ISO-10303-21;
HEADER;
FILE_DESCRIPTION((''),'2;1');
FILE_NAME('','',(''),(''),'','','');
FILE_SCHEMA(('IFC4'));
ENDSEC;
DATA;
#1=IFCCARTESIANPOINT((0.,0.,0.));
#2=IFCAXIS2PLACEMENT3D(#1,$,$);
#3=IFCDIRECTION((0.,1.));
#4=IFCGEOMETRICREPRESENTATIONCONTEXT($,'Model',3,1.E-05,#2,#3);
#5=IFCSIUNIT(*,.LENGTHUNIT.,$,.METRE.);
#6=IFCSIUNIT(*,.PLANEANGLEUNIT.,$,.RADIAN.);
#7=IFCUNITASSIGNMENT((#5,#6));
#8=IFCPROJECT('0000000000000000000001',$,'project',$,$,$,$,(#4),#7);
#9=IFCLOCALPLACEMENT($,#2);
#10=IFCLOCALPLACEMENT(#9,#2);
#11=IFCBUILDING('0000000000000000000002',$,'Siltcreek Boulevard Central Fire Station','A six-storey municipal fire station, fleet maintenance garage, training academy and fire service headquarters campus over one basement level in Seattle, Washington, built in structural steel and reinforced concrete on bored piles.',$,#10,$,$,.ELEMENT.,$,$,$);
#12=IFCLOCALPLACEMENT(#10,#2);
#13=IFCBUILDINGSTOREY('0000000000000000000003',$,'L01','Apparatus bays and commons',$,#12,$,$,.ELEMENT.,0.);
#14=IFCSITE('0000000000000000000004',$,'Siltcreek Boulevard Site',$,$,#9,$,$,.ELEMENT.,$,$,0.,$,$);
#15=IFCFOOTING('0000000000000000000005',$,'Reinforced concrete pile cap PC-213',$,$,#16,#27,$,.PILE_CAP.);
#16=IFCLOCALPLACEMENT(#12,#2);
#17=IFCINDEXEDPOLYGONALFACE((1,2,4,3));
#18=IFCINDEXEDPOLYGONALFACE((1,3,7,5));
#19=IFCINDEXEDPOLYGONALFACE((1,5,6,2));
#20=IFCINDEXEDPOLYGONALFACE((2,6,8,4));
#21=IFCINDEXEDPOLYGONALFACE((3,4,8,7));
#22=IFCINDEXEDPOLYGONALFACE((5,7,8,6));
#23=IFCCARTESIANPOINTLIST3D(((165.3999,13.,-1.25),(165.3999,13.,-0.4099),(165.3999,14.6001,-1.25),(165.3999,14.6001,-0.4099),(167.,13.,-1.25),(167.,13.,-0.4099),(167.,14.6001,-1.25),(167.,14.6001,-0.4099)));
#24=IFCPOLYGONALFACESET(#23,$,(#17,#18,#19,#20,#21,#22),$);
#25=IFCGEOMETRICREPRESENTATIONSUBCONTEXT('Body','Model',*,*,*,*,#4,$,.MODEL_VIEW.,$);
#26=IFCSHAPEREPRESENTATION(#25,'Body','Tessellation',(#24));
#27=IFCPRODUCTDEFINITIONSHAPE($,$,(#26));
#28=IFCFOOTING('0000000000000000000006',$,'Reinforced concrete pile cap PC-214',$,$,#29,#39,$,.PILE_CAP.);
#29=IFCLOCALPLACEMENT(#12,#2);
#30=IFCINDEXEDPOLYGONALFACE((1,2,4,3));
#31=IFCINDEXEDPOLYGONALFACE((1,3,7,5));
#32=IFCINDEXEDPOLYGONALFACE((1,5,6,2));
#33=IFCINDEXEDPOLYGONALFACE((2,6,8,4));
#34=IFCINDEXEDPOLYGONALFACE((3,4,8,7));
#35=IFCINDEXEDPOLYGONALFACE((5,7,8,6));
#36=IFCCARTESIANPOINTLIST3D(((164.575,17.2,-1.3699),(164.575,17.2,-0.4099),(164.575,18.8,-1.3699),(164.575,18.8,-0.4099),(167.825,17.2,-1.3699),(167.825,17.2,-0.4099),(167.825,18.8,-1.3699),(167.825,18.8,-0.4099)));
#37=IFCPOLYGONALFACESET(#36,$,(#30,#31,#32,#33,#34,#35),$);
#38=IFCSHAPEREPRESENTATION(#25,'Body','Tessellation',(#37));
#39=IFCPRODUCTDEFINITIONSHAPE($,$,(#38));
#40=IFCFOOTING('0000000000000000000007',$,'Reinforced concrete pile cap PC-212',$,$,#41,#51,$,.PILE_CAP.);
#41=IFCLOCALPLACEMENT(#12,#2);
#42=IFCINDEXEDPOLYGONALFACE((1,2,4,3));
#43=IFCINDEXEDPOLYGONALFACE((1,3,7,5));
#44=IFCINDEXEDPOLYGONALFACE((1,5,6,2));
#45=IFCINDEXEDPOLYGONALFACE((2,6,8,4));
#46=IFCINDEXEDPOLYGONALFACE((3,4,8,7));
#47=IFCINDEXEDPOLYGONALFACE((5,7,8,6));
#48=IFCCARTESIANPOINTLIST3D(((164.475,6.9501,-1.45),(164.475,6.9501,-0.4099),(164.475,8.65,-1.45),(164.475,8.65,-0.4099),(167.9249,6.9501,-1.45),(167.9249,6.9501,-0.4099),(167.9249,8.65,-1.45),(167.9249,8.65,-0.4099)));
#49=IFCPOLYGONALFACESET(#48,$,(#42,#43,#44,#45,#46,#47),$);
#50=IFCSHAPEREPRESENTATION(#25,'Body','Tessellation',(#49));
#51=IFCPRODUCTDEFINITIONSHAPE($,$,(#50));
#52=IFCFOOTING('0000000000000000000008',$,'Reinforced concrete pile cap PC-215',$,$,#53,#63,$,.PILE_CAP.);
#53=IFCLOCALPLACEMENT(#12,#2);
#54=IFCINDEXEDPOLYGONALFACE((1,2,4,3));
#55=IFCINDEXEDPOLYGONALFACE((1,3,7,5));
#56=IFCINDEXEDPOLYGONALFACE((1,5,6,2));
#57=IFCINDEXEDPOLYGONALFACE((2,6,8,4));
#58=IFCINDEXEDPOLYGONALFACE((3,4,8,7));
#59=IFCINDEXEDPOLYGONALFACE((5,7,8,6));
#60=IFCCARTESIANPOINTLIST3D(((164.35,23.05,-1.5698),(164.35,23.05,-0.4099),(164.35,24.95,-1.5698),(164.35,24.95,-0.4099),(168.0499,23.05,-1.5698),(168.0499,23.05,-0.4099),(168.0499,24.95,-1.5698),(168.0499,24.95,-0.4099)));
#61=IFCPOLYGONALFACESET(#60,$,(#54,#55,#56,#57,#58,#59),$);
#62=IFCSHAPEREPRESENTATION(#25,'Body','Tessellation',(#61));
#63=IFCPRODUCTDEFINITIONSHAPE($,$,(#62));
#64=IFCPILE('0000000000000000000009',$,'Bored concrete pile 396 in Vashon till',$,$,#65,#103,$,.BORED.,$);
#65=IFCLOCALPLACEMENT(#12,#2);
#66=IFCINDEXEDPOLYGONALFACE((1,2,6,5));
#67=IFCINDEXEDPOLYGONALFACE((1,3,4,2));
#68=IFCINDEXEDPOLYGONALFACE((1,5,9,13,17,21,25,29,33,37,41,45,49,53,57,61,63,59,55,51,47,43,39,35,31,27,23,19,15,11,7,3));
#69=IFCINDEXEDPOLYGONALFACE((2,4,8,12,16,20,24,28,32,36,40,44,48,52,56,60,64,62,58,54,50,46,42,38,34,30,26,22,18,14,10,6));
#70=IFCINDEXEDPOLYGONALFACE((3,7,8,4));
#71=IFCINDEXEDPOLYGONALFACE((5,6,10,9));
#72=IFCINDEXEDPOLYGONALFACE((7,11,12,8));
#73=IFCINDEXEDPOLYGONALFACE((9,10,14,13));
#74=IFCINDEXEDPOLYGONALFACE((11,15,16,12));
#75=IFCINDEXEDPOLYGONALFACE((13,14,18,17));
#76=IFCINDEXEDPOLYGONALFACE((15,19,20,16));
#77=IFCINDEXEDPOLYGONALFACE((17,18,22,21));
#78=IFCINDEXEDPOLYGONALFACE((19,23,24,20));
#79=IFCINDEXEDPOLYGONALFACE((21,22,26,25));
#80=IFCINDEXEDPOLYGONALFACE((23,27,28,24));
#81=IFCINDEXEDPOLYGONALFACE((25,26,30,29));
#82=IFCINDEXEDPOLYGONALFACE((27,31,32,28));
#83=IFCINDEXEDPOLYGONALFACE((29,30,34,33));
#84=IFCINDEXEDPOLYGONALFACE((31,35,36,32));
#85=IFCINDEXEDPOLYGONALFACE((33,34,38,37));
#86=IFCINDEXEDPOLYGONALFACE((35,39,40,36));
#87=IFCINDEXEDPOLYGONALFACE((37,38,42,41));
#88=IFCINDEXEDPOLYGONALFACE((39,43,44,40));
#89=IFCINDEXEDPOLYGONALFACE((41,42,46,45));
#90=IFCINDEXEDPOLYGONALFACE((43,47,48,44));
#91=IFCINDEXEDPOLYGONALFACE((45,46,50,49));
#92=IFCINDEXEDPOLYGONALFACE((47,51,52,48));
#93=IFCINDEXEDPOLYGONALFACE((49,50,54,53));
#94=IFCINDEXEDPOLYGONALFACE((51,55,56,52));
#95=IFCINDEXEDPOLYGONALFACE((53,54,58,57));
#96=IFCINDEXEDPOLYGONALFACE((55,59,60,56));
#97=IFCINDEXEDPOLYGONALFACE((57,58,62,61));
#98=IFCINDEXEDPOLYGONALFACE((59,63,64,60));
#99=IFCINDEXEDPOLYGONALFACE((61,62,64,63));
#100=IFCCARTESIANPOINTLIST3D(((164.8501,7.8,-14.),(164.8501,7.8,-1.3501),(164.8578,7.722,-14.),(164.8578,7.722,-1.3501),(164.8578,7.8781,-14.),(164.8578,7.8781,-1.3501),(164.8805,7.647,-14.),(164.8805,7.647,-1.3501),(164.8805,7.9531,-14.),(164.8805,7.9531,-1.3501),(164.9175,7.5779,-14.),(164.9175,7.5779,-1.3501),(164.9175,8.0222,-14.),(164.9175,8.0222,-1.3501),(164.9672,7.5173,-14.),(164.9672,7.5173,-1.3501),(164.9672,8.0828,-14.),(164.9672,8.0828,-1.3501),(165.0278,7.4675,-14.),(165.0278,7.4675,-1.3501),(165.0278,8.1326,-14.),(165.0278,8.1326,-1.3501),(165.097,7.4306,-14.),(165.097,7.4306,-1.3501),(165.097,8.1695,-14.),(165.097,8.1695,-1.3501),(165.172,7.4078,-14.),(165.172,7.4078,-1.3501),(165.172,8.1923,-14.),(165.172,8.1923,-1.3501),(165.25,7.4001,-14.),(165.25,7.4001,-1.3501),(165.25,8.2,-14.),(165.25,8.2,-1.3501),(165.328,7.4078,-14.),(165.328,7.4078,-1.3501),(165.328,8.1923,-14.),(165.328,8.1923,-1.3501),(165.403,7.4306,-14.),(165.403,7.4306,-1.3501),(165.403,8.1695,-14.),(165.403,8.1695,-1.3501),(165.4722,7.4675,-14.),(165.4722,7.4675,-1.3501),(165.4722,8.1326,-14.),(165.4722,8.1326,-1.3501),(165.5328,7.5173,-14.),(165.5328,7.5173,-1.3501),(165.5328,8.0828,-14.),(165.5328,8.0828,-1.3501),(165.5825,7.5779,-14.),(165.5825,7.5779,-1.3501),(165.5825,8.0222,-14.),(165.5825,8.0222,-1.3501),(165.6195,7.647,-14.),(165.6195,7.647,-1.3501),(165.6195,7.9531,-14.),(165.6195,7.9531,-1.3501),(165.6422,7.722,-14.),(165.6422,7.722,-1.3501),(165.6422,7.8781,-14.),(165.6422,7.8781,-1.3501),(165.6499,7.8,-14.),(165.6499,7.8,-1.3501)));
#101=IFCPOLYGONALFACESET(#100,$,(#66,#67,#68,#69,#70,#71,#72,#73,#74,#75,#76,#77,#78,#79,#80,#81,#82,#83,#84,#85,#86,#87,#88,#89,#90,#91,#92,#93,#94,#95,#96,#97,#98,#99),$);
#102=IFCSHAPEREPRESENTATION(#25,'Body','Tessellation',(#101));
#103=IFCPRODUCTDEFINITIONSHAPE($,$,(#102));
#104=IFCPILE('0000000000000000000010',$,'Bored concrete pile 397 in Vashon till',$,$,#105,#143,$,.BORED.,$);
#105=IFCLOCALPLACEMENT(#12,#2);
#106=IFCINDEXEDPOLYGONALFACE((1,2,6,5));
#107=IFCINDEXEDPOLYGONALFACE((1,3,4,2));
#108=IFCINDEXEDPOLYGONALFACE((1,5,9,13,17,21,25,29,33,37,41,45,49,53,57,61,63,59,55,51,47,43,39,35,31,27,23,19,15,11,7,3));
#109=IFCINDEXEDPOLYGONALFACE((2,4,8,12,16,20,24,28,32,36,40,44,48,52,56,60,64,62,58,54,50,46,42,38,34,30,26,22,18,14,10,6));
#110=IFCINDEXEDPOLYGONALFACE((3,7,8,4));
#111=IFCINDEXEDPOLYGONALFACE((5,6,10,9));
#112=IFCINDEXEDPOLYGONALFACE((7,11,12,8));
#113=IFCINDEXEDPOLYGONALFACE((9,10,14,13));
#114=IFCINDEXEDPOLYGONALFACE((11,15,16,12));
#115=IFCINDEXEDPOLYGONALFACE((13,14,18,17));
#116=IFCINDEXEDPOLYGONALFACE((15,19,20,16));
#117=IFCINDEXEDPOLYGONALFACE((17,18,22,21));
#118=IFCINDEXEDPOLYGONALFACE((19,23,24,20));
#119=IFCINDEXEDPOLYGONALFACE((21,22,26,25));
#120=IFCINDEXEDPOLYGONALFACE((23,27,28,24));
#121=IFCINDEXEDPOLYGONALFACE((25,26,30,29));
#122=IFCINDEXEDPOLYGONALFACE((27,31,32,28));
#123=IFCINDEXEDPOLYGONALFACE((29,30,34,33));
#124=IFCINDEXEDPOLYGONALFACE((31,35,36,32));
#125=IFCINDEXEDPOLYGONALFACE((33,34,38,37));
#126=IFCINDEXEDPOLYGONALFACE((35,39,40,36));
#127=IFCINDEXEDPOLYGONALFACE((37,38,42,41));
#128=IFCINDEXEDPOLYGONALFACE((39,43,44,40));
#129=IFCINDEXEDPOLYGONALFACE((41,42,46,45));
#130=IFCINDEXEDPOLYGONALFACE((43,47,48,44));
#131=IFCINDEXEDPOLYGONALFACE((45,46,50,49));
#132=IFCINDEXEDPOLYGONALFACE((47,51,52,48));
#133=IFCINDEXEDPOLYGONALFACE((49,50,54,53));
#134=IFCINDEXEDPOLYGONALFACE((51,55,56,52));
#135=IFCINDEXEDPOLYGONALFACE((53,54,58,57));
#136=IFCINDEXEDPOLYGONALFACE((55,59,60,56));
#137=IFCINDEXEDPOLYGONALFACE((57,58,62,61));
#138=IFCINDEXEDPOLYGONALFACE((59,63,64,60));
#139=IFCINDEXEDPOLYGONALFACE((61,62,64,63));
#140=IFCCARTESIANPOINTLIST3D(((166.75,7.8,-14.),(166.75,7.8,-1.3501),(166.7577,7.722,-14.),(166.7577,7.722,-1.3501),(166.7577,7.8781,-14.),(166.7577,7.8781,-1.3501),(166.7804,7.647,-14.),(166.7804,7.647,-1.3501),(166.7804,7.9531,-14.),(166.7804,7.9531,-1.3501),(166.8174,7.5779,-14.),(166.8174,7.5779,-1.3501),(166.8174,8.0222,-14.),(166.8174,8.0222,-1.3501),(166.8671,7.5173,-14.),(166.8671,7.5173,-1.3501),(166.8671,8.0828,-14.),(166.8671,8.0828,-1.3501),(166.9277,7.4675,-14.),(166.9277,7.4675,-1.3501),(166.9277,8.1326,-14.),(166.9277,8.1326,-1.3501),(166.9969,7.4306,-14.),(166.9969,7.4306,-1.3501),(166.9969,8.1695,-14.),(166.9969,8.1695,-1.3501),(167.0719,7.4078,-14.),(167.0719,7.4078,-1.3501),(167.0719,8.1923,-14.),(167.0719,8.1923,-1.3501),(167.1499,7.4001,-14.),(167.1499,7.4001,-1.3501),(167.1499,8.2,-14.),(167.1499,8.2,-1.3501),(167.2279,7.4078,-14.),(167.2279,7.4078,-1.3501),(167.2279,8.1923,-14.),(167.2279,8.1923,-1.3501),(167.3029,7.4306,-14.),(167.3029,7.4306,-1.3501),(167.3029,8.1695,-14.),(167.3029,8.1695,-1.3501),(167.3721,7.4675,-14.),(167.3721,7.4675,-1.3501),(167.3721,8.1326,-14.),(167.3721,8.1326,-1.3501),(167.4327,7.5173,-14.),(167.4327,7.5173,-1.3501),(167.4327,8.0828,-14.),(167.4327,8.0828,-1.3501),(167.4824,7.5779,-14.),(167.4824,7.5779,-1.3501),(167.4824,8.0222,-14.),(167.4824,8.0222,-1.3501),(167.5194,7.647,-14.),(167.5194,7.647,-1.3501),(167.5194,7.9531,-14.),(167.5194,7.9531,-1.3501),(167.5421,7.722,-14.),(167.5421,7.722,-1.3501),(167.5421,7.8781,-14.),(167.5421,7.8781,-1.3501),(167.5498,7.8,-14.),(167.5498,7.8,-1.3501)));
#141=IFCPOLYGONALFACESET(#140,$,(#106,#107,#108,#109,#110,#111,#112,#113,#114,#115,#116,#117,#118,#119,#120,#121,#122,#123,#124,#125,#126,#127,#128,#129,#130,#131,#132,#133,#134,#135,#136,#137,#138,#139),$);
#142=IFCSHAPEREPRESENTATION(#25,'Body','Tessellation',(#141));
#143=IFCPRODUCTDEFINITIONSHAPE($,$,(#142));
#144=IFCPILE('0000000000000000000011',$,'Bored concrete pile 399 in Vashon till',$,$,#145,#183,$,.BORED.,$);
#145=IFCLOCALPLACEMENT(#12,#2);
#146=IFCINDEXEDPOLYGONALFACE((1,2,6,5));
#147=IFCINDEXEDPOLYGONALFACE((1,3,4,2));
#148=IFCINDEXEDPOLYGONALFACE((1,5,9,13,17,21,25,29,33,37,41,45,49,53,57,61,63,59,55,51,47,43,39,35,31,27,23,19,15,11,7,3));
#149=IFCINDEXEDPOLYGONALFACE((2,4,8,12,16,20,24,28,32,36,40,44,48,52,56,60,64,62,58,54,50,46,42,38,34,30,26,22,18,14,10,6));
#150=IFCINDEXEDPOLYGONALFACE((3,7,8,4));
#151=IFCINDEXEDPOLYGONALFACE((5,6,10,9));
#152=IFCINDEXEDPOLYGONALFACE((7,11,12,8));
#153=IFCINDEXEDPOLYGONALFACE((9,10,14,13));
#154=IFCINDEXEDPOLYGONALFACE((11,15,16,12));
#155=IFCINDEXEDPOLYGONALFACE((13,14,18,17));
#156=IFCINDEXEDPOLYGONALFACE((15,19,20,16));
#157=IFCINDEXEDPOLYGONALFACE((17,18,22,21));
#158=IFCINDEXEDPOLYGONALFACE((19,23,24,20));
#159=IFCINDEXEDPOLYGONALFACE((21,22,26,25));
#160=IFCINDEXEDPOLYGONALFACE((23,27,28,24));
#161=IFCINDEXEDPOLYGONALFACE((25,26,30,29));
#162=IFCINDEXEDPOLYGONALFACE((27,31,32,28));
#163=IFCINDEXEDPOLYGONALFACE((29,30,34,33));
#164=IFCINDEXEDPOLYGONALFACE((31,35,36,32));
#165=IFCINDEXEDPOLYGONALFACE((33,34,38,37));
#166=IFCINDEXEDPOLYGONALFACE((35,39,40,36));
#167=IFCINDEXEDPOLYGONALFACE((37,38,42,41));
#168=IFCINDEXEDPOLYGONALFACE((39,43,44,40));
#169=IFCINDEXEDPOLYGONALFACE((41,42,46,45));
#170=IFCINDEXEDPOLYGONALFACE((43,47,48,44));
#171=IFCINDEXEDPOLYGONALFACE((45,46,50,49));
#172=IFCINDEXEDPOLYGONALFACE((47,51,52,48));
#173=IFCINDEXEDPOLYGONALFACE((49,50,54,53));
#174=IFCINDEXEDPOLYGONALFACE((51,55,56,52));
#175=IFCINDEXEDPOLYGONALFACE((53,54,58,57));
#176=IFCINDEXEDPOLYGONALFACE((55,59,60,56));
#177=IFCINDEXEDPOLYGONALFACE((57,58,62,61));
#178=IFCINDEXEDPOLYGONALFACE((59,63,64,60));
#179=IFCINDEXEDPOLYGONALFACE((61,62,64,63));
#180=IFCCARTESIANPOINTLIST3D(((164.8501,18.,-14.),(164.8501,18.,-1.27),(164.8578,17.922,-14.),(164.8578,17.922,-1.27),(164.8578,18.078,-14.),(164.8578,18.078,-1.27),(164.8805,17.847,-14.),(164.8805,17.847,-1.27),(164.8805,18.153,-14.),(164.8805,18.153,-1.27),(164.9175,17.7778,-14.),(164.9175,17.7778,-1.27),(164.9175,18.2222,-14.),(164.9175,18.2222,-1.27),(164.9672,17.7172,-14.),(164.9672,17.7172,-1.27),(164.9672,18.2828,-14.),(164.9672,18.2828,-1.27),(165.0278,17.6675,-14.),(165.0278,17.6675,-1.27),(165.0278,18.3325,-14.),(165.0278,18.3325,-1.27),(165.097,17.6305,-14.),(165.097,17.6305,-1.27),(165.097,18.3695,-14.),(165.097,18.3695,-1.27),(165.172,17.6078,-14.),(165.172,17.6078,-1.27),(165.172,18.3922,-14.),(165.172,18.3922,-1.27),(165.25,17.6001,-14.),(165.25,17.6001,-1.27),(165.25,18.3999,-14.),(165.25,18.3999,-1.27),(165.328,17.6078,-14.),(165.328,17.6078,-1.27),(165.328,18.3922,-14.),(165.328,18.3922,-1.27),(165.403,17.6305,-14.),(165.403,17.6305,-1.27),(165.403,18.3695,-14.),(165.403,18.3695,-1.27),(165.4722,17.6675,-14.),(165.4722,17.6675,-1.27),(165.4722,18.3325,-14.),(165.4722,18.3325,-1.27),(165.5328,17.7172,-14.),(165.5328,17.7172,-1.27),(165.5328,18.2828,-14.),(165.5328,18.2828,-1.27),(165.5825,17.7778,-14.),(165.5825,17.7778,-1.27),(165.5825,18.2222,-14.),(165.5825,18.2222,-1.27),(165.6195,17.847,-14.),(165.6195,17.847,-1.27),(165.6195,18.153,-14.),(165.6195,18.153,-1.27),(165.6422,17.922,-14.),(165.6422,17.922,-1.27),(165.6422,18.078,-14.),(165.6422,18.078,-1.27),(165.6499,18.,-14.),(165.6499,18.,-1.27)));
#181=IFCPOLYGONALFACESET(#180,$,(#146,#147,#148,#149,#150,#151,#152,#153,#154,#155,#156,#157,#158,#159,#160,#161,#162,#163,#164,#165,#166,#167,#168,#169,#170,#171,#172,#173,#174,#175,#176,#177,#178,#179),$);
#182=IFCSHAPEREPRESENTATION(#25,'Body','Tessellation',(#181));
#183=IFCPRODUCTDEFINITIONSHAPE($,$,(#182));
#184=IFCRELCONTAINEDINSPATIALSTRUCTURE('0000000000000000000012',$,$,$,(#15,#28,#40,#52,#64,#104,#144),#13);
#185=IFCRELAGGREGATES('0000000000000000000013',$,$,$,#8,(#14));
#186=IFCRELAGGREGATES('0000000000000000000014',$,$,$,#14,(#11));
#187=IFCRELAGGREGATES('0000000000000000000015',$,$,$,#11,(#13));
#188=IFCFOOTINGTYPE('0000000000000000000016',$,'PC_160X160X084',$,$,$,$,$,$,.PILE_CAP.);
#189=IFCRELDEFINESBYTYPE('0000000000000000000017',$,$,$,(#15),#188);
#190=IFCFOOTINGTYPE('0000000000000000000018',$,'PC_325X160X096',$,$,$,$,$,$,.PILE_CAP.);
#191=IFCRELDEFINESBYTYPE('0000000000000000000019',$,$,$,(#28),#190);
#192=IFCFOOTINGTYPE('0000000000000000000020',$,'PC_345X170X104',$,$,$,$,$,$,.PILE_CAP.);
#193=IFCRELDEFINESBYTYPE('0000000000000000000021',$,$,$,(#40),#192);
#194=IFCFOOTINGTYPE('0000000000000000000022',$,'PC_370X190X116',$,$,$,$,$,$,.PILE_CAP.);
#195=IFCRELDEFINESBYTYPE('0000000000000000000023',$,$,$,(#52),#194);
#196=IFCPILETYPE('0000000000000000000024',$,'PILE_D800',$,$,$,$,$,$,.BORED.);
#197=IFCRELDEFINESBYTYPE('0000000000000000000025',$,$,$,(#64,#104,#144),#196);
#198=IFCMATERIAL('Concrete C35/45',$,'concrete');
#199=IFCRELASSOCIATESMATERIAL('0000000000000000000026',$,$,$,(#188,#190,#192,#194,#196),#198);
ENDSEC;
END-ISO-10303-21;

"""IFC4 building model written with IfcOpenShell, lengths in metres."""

from ifc_helpers import new_model, si_unit, direction, frame, origin, origin_2d, place, context, subcontext, project, spatial, rectangle, circle, extrude, material, material_profile, profile_set, type_object, element, save


model = new_model("IFC4")

# Units and contexts
model_context = context("Model", 3, precision=1e-05, world=origin(), true_north=direction((0.0, 1.0)))
body_context = subcontext(model_context, "Body", "Model", "MODEL_VIEW")
ifc_project = project(units=[si_unit("LENGTHUNIT", "METRE"), si_unit("PLANEANGLEUNIT", "RADIAN")], contexts=[model_context])

# Site, building, storey
site_placement = place(None, origin())
site = spatial("IfcSite", under=ifc_project, at=site_placement, Name="Siltcreek Boulevard Site", CompositionType="ELEMENT", RefElevation=0.0)
building_placement = place(site_placement, origin())
building = spatial("IfcBuilding", under=site, at=building_placement, Name="Siltcreek Boulevard Central Fire Station", Description="A six-storey municipal fire station, fleet maintenance garage, training academy and fire service headquarters campus over one basement level in Seattle, Washington, built in structural steel and reinforced concrete on bored piles.", CompositionType="ELEMENT")
storey_placement = place(building_placement, origin())
storey = spatial("IfcBuildingStorey", under=building, at=storey_placement, Name="L01", Description="Apparatus bays and commons", CompositionType="ELEMENT", Elevation=0.0)

# Footings
ifc_material_1 = material(Name="Concrete C35/45", Category="concrete")
footing_type_1 = type_object("IfcFootingType", Name="PC_160X160X084", PredefinedType="PILE_CAP", material=ifc_material_1)
footing_1_placement = place(storey_placement, frame((166.2, 13.8, -1.25), z_axis=(0.0, 0.0, 1.0), x_axis=(1.0, 0.0, 0.0)))
element("IfcFooting", 1, at=footing_1_placement, inside=storey, type_object=footing_type_1, Name="Reinforced concrete pile cap PC-213", PredefinedType="PILE_CAP", context=body_context, shape_type="SweptSolid", body=[
    extrude(rectangle(XDim=1.6001, YDim=1.6001, at=origin_2d()), origin(), (0.0, 0.0, 1.0), 0.8401),
])
footing_type_2 = type_object("IfcFootingType", Name="PC_325X160X096", PredefinedType="PILE_CAP", material=ifc_material_1)
footing_2_placement = place(storey_placement, frame((166.2, 18.0, -1.3699), z_axis=(0.0, 0.0, 1.0), x_axis=(1.0, 0.0, 0.0)))
element("IfcFooting", 2, at=footing_2_placement, inside=storey, type_object=footing_type_2, Name="Reinforced concrete pile cap PC-214", PredefinedType="PILE_CAP", context=body_context, shape_type="SweptSolid", body=[
    extrude(rectangle(XDim=3.25, YDim=1.6001, at=origin_2d()), origin(), (0.0, 0.0, 1.0), 0.96),
])
footing_type_3 = type_object("IfcFootingType", Name="PC_345X170X104", PredefinedType="PILE_CAP", material=ifc_material_1)
footing_3_placement = place(storey_placement, frame((166.2, 7.8, -1.45), z_axis=(0.0, 0.0, 1.0), x_axis=(1.0, 0.0, 0.0)))
element("IfcFooting", 3, at=footing_3_placement, inside=storey, type_object=footing_type_3, Name="Reinforced concrete pile cap PC-212", PredefinedType="PILE_CAP", context=body_context, shape_type="SweptSolid", body=[
    extrude(rectangle(XDim=3.45, YDim=1.7, at=origin_2d()), origin(), (0.0, 0.0, 1.0), 1.04),
])
footing_type_4 = type_object("IfcFootingType", Name="PC_370X190X116", PredefinedType="PILE_CAP", material=ifc_material_1)
footing_4_placement = place(storey_placement, frame((166.2, 24.0, -1.5698), z_axis=(0.0, 0.0, 1.0), x_axis=(1.0, 0.0, 0.0)))
element("IfcFooting", 4, at=footing_4_placement, inside=storey, type_object=footing_type_4, Name="Reinforced concrete pile cap PC-215", PredefinedType="PILE_CAP", context=body_context, shape_type="SweptSolid", body=[
    extrude(rectangle(XDim=3.7, YDim=1.8999, at=origin_2d()), origin(), (0.0, 0.0, 1.0), 1.1599),
])

# Piles
ifc_material_profile_1 = material_profile(ifc_material_1, circle(Radius=0.3999, at=origin_2d()), Name="SHAFT800")
ifc_profile_set_1 = profile_set([ifc_material_profile_1], Name="Concrete C35/45")
pile_type_1 = type_object("IfcPileType", Name="PILE_D800", PredefinedType="BORED", material=ifc_profile_set_1)
for number, where, z_axis, x_axis, name in (
    (5, (165.25, 7.8, -1.3501), (0.0, 0.0, -1.0), (1.0, 0.0, 0.0), "Bored concrete pile 396 in Vashon till"),
    (6, (167.1499, 7.8, -1.3501), (0.0, 0.0, -1.0), (1.0, 0.0, 0.0), "Bored concrete pile 397 in Vashon till"),
):
    element("IfcPile", number, at=place(storey_placement, frame(where, z_axis=z_axis, x_axis=x_axis)), inside=storey, type_object=pile_type_1, Name=name, PredefinedType="BORED", context=body_context, shape_type="SweptSolid", body=[
        extrude(circle(Radius=0.3999, at=origin_2d()), origin(), (0.0, 0.0, 1.0), 12.6499),
    ])
for number, where, z_axis, x_axis, name in (
    (7, (165.25, 18.0, -1.27), (0.0, 0.0, -1.0), (1.0, 0.0, 0.0), "Bored concrete pile 399 in Vashon till"),
):
    element("IfcPile", number, at=place(storey_placement, frame(where, z_axis=z_axis, x_axis=x_axis)), inside=storey, type_object=pile_type_1, Name=name, PredefinedType="BORED", context=body_context, shape_type="SweptSolid", body=[
        extrude(circle(Radius=0.3999, at=origin_2d()), origin(), (0.0, 0.0, 1.0), 12.73),
    ])

save(model, "model.ifc")
